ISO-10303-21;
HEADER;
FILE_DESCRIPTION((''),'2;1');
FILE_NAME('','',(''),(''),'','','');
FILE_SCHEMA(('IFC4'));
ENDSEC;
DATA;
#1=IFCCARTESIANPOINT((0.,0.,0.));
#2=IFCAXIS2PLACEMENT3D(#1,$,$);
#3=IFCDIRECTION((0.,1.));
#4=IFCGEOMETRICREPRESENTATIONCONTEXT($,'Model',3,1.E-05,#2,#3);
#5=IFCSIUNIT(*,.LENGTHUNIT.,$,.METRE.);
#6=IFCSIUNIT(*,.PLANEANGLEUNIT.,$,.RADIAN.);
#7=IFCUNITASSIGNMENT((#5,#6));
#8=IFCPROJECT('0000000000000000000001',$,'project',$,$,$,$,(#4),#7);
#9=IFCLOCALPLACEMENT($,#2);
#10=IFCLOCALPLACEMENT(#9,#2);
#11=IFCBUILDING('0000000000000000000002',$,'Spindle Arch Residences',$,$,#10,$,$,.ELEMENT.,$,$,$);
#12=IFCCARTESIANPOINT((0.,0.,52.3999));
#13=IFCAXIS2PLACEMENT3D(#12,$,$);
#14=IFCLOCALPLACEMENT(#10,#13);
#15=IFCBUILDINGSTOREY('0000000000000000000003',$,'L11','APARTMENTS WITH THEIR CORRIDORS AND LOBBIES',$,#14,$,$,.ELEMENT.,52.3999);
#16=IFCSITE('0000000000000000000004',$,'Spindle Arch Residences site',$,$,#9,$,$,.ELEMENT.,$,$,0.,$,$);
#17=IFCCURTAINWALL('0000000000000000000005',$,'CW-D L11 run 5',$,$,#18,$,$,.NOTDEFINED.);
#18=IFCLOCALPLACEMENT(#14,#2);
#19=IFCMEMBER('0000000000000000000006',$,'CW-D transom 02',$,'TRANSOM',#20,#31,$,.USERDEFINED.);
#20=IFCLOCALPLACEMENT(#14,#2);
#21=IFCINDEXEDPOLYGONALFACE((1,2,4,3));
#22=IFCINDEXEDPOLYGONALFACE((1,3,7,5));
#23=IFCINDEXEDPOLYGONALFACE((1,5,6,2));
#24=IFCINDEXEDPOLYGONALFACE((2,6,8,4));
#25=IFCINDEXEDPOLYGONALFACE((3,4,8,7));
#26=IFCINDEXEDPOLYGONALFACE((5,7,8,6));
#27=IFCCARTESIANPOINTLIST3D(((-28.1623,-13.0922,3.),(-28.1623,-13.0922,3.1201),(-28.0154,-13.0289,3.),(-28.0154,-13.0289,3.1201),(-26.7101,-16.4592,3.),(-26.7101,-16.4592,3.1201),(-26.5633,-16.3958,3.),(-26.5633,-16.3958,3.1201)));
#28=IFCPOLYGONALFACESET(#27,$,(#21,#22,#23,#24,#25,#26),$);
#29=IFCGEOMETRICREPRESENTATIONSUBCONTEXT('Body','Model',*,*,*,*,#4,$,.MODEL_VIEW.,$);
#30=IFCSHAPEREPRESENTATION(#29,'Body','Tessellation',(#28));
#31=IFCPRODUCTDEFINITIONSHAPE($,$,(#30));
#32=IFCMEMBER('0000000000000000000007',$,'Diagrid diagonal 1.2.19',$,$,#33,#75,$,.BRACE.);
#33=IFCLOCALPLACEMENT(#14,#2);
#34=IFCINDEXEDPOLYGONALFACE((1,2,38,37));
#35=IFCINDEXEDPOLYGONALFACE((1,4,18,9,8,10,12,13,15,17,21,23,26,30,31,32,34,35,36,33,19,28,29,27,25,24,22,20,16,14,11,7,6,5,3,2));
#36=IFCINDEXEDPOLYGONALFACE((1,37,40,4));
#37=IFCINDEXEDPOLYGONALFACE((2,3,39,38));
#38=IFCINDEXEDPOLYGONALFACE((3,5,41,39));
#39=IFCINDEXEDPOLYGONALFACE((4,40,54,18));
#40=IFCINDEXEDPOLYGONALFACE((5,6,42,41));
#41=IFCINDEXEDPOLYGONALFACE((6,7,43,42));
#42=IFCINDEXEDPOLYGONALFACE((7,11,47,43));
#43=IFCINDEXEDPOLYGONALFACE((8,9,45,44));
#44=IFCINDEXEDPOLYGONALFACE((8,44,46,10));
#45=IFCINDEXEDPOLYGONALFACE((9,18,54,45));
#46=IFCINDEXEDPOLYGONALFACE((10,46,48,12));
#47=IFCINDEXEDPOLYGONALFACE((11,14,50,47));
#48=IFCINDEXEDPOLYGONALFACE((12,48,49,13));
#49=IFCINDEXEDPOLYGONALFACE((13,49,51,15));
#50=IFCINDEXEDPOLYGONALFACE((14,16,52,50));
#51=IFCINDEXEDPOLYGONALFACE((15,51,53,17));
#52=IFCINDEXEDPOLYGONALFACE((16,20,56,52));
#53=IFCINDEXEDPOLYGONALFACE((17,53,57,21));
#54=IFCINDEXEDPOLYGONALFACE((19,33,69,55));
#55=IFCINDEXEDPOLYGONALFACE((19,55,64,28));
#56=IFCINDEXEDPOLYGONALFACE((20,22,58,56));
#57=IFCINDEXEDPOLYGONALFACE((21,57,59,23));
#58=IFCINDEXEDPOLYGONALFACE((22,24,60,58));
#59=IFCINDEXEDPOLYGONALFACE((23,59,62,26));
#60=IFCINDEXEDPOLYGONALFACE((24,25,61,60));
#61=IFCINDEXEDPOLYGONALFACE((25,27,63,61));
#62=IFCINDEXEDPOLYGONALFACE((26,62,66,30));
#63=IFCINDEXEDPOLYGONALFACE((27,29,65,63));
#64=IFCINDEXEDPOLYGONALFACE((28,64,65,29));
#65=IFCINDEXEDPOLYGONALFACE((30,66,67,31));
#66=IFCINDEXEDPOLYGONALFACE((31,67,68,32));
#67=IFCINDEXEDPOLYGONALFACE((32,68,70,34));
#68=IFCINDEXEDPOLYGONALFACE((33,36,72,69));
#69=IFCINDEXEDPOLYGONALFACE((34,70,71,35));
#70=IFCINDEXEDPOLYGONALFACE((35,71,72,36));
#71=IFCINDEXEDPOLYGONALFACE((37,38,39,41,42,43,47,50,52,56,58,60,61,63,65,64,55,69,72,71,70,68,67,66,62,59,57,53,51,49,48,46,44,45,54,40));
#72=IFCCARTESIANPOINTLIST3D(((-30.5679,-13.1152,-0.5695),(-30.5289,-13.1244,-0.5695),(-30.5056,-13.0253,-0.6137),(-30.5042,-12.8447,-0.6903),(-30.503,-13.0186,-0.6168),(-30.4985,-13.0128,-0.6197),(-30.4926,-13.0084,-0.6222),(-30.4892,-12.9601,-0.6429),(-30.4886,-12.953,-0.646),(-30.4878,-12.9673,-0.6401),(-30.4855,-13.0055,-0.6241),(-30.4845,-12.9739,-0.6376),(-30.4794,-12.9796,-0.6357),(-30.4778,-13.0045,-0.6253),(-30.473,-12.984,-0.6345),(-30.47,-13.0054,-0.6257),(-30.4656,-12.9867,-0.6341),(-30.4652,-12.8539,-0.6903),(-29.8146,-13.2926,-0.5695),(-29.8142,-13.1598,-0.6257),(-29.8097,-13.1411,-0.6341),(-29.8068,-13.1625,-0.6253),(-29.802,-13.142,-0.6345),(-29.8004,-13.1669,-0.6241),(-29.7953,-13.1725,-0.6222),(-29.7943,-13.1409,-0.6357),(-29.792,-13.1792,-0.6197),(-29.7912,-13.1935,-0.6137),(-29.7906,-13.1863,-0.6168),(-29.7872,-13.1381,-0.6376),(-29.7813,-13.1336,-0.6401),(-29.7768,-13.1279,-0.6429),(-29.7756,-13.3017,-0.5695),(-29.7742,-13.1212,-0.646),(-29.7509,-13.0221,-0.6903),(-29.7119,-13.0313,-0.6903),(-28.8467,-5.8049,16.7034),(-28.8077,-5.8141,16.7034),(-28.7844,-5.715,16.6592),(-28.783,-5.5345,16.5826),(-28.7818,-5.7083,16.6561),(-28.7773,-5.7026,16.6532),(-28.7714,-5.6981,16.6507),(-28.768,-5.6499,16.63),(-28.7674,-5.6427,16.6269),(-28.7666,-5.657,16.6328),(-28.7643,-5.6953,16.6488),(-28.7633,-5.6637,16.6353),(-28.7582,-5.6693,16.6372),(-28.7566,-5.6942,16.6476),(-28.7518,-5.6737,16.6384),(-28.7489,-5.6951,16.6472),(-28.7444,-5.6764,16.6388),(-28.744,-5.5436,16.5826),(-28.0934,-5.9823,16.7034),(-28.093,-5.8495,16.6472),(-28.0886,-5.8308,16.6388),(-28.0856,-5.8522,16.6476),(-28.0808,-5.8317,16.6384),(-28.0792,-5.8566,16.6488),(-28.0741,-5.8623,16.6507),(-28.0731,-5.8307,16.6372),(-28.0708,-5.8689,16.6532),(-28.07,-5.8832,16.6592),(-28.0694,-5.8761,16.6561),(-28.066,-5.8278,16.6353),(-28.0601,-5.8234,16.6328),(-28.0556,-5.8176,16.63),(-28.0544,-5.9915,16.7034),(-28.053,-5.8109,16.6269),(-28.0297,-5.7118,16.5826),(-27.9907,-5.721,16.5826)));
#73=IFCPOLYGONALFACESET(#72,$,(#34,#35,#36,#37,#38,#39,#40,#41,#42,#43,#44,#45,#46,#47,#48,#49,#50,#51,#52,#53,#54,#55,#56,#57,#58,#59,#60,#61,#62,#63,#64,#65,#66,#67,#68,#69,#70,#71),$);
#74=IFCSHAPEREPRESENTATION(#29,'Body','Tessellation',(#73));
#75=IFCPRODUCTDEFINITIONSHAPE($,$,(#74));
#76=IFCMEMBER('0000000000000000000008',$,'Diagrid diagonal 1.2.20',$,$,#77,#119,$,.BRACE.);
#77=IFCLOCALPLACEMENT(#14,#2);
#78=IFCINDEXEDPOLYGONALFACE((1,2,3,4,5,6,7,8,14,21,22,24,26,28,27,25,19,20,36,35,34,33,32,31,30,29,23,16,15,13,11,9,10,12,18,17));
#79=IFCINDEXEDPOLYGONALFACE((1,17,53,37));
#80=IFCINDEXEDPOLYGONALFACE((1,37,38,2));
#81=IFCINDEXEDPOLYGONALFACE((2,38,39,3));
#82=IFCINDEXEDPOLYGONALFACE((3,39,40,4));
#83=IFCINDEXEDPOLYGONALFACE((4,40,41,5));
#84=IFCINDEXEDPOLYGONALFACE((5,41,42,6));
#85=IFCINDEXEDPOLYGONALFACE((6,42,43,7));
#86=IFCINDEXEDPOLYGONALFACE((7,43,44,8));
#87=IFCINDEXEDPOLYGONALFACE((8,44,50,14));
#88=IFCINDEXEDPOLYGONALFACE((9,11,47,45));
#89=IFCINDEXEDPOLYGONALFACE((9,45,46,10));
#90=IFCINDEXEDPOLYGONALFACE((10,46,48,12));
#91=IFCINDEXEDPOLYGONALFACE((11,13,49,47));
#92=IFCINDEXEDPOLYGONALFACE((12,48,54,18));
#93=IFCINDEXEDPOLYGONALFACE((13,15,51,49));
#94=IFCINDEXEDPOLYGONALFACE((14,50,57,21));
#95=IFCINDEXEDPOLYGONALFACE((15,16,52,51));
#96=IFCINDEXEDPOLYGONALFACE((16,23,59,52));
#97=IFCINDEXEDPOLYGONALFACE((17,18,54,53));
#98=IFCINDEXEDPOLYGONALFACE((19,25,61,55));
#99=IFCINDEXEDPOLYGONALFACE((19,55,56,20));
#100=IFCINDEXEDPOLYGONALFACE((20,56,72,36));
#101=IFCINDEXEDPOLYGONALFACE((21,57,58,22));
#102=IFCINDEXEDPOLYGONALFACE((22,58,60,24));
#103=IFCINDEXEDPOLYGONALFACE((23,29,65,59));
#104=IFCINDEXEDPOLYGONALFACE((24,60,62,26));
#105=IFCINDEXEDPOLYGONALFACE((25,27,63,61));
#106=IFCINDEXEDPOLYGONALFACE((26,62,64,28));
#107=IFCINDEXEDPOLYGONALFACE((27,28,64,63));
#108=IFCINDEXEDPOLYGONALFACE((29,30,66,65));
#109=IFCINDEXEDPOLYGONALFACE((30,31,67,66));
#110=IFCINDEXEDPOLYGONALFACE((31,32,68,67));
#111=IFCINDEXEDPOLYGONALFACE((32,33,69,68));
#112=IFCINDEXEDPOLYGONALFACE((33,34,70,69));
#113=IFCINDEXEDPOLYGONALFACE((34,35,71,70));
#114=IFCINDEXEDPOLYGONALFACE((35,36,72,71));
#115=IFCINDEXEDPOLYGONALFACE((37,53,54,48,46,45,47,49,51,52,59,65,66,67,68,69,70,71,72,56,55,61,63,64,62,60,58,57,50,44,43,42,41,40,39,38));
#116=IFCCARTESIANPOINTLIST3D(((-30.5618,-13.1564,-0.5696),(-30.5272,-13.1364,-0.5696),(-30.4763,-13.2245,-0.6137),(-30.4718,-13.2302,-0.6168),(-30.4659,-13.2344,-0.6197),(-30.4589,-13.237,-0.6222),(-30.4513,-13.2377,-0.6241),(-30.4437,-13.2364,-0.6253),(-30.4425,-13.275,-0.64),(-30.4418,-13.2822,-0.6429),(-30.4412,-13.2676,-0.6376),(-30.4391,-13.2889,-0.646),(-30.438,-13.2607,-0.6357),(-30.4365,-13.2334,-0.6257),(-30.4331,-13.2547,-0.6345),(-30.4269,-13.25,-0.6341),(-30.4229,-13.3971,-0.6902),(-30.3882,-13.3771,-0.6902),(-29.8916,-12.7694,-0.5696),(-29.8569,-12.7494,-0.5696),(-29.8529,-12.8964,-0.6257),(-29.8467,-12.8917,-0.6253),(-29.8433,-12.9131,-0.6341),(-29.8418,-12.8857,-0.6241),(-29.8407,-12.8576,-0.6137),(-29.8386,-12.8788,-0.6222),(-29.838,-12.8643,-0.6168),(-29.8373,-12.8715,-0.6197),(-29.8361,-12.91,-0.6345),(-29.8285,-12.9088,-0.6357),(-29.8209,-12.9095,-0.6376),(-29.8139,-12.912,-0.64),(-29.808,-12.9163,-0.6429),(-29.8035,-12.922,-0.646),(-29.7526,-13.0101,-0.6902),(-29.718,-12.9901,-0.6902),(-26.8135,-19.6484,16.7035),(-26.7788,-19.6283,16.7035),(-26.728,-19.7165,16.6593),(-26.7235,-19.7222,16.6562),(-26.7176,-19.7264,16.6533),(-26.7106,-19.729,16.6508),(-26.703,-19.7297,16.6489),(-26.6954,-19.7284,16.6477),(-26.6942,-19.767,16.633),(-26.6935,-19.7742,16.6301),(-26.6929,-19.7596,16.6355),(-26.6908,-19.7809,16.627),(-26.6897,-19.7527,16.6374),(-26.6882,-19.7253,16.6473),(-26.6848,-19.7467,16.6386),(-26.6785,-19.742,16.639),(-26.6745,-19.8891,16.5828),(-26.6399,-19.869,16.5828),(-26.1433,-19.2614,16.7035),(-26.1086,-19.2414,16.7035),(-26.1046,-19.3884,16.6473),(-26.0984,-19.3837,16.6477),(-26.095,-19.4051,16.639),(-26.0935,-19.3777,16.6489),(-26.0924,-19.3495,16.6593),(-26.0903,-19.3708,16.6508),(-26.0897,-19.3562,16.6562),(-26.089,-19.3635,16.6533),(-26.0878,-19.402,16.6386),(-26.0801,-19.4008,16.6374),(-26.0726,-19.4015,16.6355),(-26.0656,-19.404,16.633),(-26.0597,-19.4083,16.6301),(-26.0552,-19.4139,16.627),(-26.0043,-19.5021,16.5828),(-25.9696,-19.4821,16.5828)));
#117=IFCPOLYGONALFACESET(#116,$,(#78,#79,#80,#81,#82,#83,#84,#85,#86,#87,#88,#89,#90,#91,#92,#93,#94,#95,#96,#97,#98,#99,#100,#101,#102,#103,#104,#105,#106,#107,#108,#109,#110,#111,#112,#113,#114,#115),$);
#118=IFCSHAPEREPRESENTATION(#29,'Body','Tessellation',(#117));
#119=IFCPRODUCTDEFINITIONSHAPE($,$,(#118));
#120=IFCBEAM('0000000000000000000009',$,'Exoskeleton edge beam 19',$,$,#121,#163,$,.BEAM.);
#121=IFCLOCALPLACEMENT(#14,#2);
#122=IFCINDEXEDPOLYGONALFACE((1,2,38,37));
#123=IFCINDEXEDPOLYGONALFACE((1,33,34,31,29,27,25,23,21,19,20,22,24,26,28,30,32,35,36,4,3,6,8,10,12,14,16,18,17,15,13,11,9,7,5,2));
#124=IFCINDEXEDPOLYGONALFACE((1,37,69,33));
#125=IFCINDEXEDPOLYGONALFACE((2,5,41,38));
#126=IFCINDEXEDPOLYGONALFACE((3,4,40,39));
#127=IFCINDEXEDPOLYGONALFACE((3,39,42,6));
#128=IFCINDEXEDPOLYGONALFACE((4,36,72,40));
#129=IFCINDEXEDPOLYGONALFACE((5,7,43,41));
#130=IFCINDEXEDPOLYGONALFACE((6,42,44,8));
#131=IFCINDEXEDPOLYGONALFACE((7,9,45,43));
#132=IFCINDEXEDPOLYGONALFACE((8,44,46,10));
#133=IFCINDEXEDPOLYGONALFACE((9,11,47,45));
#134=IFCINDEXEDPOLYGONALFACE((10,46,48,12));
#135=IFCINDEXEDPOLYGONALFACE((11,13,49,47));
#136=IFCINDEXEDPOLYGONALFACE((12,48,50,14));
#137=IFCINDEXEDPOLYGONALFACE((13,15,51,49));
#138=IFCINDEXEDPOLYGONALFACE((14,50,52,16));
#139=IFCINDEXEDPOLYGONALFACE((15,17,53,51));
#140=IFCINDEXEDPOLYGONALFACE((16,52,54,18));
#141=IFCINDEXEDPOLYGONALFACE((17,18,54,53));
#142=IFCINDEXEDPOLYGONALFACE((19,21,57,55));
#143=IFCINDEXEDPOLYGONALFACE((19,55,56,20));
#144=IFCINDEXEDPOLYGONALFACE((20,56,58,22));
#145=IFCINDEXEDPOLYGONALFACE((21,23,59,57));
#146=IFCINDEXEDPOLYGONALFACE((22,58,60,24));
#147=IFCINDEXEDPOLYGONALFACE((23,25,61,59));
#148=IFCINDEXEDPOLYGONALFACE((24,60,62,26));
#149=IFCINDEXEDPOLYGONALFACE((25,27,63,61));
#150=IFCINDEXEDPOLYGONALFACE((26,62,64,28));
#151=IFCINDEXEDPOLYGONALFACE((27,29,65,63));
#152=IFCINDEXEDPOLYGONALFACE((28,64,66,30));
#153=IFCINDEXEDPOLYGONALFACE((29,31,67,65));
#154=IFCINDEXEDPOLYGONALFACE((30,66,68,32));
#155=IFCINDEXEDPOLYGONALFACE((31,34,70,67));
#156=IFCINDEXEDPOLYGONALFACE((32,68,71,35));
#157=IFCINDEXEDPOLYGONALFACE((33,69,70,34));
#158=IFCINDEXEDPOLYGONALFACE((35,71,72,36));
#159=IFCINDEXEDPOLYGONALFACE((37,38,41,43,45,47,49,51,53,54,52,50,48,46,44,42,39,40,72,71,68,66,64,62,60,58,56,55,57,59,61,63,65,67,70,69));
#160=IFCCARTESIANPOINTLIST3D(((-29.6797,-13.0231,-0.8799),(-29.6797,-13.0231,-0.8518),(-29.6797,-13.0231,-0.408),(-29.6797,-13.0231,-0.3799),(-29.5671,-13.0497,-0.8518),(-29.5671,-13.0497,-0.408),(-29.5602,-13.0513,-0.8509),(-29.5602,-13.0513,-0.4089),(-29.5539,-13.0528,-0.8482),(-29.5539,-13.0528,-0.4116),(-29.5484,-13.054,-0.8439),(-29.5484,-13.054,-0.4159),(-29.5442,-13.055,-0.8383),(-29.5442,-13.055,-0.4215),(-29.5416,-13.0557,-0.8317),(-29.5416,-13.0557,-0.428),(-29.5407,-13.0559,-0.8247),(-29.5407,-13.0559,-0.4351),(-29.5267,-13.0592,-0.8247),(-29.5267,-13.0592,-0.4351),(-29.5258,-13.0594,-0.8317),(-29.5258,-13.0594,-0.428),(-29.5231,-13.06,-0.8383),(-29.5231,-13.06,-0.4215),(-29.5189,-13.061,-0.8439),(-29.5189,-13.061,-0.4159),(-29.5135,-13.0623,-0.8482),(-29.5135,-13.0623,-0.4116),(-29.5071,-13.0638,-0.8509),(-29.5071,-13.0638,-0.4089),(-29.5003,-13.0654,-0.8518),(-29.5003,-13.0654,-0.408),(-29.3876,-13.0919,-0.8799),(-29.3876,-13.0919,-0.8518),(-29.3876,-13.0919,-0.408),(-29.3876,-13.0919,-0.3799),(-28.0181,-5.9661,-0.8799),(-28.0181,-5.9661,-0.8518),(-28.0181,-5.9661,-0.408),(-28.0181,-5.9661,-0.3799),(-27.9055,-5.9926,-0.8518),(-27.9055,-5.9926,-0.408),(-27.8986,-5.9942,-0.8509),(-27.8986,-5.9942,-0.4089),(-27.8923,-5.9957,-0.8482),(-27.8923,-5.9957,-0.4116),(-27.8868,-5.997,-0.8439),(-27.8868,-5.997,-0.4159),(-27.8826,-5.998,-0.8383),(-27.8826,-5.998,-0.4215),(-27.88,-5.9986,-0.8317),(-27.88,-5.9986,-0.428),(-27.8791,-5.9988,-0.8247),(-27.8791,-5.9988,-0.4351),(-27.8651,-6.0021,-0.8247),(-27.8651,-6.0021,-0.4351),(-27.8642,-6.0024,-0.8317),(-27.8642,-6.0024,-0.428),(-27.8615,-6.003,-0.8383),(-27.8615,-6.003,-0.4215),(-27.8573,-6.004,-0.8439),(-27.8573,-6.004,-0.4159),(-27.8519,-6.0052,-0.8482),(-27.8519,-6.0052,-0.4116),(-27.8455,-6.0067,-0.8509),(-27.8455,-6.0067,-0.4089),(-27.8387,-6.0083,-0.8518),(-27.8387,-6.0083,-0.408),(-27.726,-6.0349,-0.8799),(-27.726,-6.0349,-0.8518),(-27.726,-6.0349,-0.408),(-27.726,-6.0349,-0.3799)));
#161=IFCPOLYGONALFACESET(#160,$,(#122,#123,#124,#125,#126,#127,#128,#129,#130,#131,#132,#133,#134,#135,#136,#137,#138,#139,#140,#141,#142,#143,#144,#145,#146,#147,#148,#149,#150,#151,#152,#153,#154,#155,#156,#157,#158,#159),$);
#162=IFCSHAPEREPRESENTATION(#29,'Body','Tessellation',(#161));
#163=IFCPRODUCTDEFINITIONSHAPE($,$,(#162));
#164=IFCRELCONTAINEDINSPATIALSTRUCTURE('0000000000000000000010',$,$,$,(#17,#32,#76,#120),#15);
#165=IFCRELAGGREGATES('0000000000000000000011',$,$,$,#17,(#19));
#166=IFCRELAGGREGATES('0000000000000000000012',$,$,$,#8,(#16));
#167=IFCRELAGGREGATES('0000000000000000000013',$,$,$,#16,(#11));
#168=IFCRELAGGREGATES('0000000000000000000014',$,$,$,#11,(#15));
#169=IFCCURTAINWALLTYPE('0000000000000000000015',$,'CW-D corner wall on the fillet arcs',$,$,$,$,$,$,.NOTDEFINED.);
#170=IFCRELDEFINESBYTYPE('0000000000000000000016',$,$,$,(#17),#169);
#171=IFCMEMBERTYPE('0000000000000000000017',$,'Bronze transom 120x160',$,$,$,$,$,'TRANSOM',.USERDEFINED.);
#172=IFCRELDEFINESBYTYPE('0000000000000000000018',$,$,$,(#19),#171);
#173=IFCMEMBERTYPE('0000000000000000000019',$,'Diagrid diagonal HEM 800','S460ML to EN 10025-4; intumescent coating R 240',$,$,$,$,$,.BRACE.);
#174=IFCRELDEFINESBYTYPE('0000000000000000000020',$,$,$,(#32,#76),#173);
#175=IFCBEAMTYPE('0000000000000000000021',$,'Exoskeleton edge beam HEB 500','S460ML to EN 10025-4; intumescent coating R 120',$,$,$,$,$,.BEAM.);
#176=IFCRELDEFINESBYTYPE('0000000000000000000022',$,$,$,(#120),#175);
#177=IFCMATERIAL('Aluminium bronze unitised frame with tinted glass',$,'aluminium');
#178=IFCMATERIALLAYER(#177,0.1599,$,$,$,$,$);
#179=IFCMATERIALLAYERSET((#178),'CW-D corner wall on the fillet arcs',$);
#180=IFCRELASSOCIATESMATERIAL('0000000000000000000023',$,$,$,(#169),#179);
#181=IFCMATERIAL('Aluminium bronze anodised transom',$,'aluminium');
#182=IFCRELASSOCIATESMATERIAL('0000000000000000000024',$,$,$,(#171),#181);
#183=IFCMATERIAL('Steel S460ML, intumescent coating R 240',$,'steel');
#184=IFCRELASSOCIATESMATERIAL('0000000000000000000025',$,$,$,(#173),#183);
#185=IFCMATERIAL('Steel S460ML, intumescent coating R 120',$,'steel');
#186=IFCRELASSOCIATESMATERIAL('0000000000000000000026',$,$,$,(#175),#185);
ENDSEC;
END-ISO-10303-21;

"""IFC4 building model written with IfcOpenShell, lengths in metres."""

from ifc_helpers import new_model, si_unit, direction, frame, origin, origin_2d, place, context, subcontext, project, spatial, rectangle, i_section, extrude, material, layer, layer_set, material_profile, profile_set, type_object, element, aggregate, save


model = new_model("IFC4")

# Units and contexts
model_context = context("Model", 3, precision=1e-05, world=origin(), true_north=direction((0.0, 1.0)))
body_context = subcontext(model_context, "Body", "Model", "MODEL_VIEW")
ifc_project = project(units=[si_unit("LENGTHUNIT", "METRE"), si_unit("PLANEANGLEUNIT", "RADIAN")], contexts=[model_context])

# Site, building, storey
site_placement = place(None, origin())
site = spatial("IfcSite", under=ifc_project, at=site_placement, Name="Spindle Arch Residences site", CompositionType="ELEMENT", RefElevation=0.0)
building_placement = place(site_placement, origin())
building = spatial("IfcBuilding", under=site, at=building_placement, Name="Spindle Arch Residences", CompositionType="ELEMENT")
storey_placement = place(building_placement, frame((0.0, 0.0, 52.3999)))
storey = spatial("IfcBuildingStorey", under=building, at=storey_placement, Name="L11", Description="APARTMENTS WITH THEIR CORRIDORS AND LOBBIES", CompositionType="ELEMENT", Elevation=52.3999)

# Curtain wall, member
ifc_material_1 = material(Name="Aluminium bronze unitised frame with tinted glass", Category="aluminium")
ifc_layer_1 = layer(ifc_material_1, 0.1599)
ifc_layer_set_1 = layer_set([ifc_layer_1], Name="CW-D corner wall on the fillet arcs")
curtain_wall_type_1 = type_object("IfcCurtainWallType", Name="CW-D corner wall on the fillet arcs", PredefinedType="NOTDEFINED", material=ifc_layer_set_1)
curtain_wall_1_placement = place(storey_placement, origin())
curtain_wall_1 = element("IfcCurtainWall", 1, at=curtain_wall_1_placement, inside=storey, type_object=curtain_wall_type_1, Name="CW-D L11 run 5", PredefinedType="NOTDEFINED")
ifc_material_2 = material(Name="Aluminium bronze anodised transom", Category="aluminium")
ifc_material_profile_1 = material_profile(ifc_material_2, rectangle(XDim=0.1599, YDim=0.1201, at=origin_2d()), Name="TR 120x160")
ifc_profile_set_1 = profile_set([ifc_material_profile_1], Name="Aluminium bronze anodised transom")
member_type_1 = type_object("IfcMemberType", Name="Bronze transom 120x160", ElementType="TRANSOM", PredefinedType="USERDEFINED", material=ifc_profile_set_1)
member_1_placement = place(storey_placement, frame((-28.0889, -13.0605, 3.0601), z_axis=(0.396032, -0.918237, 0.0), x_axis=(0.918237, 0.396032, 0.0)))
member_1 = element("IfcMember", 2, at=member_1_placement, type_object=member_type_1, Name="CW-D transom 02", ObjectType="TRANSOM", PredefinedType="USERDEFINED", context=body_context, shape_type="SweptSolid", body=[
    extrude(rectangle(XDim=0.1599, YDim=0.1201, at=origin_2d()), origin(), (0.0, 0.0, 1.0), 3.6667),
])

# Members
ifc_material_3 = material(Name="Steel S460ML, intumescent coating R 240", Category="steel")
ifc_material_profile_2 = material_profile(ifc_material_3, i_section(OverallWidth=0.303, OverallDepth=0.814, WebThickness=0.021, FlangeThickness=0.04, FilletRadius=0.03, at=origin_2d()), Name="HEM 800")
ifc_profile_set_2 = profile_set([ifc_material_profile_2], Name="Steel S460ML, intumescent coating R 240")
member_type_2 = type_object("IfcMemberType", Name="Diagrid diagonal HEM 800", Description="S460ML to EN 10025-4; intumescent coating R 240", PredefinedType="BRACE", material=ifc_profile_set_2)
member_2_placement = place(storey_placement, frame((-30.1399, -13.0732, -0.6299), z_axis=(0.091383, 0.388123, 0.917066), x_axis=(-0.210174, -0.892657, 0.398736)))
element("IfcMember", 3, at=member_2_placement, inside=storey, type_object=member_type_2, Name="Diagrid diagonal 1.2.19", PredefinedType="BRACE", context=body_context, shape_type="SweptSolid", body=[
    extrude(i_section(OverallWidth=0.303, OverallDepth=0.814, WebThickness=0.021, FlangeThickness=0.04, FilletRadius=0.03, at=origin_2d()), origin(), (0.0, 0.0, 1.0), 18.835),
])
member_3_placement = place(storey_placement, frame((-30.1399, -13.0732, -0.6299), z_axis=(0.199065, -0.344775, 0.917335), x_axis=(-0.458683, 0.794426, 0.398117)))
element("IfcMember", 4, at=member_3_placement, inside=storey, type_object=member_type_2, Name="Diagrid diagonal 1.2.20", PredefinedType="BRACE", context=body_context, shape_type="SweptSolid", body=[
    extrude(i_section(OverallWidth=0.303, OverallDepth=0.814, WebThickness=0.021, FlangeThickness=0.04, FilletRadius=0.03, at=origin_2d()), origin(), (0.0, 0.0, 1.0), 18.8296),
])

# Beam
ifc_material_4 = material(Name="Steel S460ML, intumescent coating R 120", Category="steel")
ifc_material_profile_3 = material_profile(ifc_material_4, i_section(OverallWidth=0.3, OverallDepth=0.5, WebThickness=0.0144, FlangeThickness=0.0281, FilletRadius=0.0271, at=origin_2d()), Name="HEB 500")
ifc_profile_set_3 = profile_set([ifc_material_profile_3], Name="Steel S460ML, intumescent coating R 120")
beam_type_1 = type_object("IfcBeamType", Name="Exoskeleton edge beam HEB 500", Description="S460ML to EN 10025-4; intumescent coating R 120", PredefinedType="BEAM", material=ifc_profile_set_3)
beam_1_placement = place(storey_placement, frame((-27.8721, -6.0005, -0.6299), z_axis=(-0.229186, -0.973383, 0.0), x_axis=(0.973383, -0.229186, 0.0)))
element("IfcBeam", 5, at=beam_1_placement, inside=storey, type_object=beam_type_1, Name="Exoskeleton edge beam 19", PredefinedType="BEAM", context=body_context, shape_type="SweptSolid", body=[
    extrude(i_section(OverallWidth=0.3, OverallDepth=0.5, WebThickness=0.0144, FlangeThickness=0.0281, FilletRadius=0.0271, at=origin_2d()), origin(), (0.0, 0.0, 1.0), 7.25),
])

aggregate(curtain_wall_1, [member_1])

save(model, "model.ifc")
